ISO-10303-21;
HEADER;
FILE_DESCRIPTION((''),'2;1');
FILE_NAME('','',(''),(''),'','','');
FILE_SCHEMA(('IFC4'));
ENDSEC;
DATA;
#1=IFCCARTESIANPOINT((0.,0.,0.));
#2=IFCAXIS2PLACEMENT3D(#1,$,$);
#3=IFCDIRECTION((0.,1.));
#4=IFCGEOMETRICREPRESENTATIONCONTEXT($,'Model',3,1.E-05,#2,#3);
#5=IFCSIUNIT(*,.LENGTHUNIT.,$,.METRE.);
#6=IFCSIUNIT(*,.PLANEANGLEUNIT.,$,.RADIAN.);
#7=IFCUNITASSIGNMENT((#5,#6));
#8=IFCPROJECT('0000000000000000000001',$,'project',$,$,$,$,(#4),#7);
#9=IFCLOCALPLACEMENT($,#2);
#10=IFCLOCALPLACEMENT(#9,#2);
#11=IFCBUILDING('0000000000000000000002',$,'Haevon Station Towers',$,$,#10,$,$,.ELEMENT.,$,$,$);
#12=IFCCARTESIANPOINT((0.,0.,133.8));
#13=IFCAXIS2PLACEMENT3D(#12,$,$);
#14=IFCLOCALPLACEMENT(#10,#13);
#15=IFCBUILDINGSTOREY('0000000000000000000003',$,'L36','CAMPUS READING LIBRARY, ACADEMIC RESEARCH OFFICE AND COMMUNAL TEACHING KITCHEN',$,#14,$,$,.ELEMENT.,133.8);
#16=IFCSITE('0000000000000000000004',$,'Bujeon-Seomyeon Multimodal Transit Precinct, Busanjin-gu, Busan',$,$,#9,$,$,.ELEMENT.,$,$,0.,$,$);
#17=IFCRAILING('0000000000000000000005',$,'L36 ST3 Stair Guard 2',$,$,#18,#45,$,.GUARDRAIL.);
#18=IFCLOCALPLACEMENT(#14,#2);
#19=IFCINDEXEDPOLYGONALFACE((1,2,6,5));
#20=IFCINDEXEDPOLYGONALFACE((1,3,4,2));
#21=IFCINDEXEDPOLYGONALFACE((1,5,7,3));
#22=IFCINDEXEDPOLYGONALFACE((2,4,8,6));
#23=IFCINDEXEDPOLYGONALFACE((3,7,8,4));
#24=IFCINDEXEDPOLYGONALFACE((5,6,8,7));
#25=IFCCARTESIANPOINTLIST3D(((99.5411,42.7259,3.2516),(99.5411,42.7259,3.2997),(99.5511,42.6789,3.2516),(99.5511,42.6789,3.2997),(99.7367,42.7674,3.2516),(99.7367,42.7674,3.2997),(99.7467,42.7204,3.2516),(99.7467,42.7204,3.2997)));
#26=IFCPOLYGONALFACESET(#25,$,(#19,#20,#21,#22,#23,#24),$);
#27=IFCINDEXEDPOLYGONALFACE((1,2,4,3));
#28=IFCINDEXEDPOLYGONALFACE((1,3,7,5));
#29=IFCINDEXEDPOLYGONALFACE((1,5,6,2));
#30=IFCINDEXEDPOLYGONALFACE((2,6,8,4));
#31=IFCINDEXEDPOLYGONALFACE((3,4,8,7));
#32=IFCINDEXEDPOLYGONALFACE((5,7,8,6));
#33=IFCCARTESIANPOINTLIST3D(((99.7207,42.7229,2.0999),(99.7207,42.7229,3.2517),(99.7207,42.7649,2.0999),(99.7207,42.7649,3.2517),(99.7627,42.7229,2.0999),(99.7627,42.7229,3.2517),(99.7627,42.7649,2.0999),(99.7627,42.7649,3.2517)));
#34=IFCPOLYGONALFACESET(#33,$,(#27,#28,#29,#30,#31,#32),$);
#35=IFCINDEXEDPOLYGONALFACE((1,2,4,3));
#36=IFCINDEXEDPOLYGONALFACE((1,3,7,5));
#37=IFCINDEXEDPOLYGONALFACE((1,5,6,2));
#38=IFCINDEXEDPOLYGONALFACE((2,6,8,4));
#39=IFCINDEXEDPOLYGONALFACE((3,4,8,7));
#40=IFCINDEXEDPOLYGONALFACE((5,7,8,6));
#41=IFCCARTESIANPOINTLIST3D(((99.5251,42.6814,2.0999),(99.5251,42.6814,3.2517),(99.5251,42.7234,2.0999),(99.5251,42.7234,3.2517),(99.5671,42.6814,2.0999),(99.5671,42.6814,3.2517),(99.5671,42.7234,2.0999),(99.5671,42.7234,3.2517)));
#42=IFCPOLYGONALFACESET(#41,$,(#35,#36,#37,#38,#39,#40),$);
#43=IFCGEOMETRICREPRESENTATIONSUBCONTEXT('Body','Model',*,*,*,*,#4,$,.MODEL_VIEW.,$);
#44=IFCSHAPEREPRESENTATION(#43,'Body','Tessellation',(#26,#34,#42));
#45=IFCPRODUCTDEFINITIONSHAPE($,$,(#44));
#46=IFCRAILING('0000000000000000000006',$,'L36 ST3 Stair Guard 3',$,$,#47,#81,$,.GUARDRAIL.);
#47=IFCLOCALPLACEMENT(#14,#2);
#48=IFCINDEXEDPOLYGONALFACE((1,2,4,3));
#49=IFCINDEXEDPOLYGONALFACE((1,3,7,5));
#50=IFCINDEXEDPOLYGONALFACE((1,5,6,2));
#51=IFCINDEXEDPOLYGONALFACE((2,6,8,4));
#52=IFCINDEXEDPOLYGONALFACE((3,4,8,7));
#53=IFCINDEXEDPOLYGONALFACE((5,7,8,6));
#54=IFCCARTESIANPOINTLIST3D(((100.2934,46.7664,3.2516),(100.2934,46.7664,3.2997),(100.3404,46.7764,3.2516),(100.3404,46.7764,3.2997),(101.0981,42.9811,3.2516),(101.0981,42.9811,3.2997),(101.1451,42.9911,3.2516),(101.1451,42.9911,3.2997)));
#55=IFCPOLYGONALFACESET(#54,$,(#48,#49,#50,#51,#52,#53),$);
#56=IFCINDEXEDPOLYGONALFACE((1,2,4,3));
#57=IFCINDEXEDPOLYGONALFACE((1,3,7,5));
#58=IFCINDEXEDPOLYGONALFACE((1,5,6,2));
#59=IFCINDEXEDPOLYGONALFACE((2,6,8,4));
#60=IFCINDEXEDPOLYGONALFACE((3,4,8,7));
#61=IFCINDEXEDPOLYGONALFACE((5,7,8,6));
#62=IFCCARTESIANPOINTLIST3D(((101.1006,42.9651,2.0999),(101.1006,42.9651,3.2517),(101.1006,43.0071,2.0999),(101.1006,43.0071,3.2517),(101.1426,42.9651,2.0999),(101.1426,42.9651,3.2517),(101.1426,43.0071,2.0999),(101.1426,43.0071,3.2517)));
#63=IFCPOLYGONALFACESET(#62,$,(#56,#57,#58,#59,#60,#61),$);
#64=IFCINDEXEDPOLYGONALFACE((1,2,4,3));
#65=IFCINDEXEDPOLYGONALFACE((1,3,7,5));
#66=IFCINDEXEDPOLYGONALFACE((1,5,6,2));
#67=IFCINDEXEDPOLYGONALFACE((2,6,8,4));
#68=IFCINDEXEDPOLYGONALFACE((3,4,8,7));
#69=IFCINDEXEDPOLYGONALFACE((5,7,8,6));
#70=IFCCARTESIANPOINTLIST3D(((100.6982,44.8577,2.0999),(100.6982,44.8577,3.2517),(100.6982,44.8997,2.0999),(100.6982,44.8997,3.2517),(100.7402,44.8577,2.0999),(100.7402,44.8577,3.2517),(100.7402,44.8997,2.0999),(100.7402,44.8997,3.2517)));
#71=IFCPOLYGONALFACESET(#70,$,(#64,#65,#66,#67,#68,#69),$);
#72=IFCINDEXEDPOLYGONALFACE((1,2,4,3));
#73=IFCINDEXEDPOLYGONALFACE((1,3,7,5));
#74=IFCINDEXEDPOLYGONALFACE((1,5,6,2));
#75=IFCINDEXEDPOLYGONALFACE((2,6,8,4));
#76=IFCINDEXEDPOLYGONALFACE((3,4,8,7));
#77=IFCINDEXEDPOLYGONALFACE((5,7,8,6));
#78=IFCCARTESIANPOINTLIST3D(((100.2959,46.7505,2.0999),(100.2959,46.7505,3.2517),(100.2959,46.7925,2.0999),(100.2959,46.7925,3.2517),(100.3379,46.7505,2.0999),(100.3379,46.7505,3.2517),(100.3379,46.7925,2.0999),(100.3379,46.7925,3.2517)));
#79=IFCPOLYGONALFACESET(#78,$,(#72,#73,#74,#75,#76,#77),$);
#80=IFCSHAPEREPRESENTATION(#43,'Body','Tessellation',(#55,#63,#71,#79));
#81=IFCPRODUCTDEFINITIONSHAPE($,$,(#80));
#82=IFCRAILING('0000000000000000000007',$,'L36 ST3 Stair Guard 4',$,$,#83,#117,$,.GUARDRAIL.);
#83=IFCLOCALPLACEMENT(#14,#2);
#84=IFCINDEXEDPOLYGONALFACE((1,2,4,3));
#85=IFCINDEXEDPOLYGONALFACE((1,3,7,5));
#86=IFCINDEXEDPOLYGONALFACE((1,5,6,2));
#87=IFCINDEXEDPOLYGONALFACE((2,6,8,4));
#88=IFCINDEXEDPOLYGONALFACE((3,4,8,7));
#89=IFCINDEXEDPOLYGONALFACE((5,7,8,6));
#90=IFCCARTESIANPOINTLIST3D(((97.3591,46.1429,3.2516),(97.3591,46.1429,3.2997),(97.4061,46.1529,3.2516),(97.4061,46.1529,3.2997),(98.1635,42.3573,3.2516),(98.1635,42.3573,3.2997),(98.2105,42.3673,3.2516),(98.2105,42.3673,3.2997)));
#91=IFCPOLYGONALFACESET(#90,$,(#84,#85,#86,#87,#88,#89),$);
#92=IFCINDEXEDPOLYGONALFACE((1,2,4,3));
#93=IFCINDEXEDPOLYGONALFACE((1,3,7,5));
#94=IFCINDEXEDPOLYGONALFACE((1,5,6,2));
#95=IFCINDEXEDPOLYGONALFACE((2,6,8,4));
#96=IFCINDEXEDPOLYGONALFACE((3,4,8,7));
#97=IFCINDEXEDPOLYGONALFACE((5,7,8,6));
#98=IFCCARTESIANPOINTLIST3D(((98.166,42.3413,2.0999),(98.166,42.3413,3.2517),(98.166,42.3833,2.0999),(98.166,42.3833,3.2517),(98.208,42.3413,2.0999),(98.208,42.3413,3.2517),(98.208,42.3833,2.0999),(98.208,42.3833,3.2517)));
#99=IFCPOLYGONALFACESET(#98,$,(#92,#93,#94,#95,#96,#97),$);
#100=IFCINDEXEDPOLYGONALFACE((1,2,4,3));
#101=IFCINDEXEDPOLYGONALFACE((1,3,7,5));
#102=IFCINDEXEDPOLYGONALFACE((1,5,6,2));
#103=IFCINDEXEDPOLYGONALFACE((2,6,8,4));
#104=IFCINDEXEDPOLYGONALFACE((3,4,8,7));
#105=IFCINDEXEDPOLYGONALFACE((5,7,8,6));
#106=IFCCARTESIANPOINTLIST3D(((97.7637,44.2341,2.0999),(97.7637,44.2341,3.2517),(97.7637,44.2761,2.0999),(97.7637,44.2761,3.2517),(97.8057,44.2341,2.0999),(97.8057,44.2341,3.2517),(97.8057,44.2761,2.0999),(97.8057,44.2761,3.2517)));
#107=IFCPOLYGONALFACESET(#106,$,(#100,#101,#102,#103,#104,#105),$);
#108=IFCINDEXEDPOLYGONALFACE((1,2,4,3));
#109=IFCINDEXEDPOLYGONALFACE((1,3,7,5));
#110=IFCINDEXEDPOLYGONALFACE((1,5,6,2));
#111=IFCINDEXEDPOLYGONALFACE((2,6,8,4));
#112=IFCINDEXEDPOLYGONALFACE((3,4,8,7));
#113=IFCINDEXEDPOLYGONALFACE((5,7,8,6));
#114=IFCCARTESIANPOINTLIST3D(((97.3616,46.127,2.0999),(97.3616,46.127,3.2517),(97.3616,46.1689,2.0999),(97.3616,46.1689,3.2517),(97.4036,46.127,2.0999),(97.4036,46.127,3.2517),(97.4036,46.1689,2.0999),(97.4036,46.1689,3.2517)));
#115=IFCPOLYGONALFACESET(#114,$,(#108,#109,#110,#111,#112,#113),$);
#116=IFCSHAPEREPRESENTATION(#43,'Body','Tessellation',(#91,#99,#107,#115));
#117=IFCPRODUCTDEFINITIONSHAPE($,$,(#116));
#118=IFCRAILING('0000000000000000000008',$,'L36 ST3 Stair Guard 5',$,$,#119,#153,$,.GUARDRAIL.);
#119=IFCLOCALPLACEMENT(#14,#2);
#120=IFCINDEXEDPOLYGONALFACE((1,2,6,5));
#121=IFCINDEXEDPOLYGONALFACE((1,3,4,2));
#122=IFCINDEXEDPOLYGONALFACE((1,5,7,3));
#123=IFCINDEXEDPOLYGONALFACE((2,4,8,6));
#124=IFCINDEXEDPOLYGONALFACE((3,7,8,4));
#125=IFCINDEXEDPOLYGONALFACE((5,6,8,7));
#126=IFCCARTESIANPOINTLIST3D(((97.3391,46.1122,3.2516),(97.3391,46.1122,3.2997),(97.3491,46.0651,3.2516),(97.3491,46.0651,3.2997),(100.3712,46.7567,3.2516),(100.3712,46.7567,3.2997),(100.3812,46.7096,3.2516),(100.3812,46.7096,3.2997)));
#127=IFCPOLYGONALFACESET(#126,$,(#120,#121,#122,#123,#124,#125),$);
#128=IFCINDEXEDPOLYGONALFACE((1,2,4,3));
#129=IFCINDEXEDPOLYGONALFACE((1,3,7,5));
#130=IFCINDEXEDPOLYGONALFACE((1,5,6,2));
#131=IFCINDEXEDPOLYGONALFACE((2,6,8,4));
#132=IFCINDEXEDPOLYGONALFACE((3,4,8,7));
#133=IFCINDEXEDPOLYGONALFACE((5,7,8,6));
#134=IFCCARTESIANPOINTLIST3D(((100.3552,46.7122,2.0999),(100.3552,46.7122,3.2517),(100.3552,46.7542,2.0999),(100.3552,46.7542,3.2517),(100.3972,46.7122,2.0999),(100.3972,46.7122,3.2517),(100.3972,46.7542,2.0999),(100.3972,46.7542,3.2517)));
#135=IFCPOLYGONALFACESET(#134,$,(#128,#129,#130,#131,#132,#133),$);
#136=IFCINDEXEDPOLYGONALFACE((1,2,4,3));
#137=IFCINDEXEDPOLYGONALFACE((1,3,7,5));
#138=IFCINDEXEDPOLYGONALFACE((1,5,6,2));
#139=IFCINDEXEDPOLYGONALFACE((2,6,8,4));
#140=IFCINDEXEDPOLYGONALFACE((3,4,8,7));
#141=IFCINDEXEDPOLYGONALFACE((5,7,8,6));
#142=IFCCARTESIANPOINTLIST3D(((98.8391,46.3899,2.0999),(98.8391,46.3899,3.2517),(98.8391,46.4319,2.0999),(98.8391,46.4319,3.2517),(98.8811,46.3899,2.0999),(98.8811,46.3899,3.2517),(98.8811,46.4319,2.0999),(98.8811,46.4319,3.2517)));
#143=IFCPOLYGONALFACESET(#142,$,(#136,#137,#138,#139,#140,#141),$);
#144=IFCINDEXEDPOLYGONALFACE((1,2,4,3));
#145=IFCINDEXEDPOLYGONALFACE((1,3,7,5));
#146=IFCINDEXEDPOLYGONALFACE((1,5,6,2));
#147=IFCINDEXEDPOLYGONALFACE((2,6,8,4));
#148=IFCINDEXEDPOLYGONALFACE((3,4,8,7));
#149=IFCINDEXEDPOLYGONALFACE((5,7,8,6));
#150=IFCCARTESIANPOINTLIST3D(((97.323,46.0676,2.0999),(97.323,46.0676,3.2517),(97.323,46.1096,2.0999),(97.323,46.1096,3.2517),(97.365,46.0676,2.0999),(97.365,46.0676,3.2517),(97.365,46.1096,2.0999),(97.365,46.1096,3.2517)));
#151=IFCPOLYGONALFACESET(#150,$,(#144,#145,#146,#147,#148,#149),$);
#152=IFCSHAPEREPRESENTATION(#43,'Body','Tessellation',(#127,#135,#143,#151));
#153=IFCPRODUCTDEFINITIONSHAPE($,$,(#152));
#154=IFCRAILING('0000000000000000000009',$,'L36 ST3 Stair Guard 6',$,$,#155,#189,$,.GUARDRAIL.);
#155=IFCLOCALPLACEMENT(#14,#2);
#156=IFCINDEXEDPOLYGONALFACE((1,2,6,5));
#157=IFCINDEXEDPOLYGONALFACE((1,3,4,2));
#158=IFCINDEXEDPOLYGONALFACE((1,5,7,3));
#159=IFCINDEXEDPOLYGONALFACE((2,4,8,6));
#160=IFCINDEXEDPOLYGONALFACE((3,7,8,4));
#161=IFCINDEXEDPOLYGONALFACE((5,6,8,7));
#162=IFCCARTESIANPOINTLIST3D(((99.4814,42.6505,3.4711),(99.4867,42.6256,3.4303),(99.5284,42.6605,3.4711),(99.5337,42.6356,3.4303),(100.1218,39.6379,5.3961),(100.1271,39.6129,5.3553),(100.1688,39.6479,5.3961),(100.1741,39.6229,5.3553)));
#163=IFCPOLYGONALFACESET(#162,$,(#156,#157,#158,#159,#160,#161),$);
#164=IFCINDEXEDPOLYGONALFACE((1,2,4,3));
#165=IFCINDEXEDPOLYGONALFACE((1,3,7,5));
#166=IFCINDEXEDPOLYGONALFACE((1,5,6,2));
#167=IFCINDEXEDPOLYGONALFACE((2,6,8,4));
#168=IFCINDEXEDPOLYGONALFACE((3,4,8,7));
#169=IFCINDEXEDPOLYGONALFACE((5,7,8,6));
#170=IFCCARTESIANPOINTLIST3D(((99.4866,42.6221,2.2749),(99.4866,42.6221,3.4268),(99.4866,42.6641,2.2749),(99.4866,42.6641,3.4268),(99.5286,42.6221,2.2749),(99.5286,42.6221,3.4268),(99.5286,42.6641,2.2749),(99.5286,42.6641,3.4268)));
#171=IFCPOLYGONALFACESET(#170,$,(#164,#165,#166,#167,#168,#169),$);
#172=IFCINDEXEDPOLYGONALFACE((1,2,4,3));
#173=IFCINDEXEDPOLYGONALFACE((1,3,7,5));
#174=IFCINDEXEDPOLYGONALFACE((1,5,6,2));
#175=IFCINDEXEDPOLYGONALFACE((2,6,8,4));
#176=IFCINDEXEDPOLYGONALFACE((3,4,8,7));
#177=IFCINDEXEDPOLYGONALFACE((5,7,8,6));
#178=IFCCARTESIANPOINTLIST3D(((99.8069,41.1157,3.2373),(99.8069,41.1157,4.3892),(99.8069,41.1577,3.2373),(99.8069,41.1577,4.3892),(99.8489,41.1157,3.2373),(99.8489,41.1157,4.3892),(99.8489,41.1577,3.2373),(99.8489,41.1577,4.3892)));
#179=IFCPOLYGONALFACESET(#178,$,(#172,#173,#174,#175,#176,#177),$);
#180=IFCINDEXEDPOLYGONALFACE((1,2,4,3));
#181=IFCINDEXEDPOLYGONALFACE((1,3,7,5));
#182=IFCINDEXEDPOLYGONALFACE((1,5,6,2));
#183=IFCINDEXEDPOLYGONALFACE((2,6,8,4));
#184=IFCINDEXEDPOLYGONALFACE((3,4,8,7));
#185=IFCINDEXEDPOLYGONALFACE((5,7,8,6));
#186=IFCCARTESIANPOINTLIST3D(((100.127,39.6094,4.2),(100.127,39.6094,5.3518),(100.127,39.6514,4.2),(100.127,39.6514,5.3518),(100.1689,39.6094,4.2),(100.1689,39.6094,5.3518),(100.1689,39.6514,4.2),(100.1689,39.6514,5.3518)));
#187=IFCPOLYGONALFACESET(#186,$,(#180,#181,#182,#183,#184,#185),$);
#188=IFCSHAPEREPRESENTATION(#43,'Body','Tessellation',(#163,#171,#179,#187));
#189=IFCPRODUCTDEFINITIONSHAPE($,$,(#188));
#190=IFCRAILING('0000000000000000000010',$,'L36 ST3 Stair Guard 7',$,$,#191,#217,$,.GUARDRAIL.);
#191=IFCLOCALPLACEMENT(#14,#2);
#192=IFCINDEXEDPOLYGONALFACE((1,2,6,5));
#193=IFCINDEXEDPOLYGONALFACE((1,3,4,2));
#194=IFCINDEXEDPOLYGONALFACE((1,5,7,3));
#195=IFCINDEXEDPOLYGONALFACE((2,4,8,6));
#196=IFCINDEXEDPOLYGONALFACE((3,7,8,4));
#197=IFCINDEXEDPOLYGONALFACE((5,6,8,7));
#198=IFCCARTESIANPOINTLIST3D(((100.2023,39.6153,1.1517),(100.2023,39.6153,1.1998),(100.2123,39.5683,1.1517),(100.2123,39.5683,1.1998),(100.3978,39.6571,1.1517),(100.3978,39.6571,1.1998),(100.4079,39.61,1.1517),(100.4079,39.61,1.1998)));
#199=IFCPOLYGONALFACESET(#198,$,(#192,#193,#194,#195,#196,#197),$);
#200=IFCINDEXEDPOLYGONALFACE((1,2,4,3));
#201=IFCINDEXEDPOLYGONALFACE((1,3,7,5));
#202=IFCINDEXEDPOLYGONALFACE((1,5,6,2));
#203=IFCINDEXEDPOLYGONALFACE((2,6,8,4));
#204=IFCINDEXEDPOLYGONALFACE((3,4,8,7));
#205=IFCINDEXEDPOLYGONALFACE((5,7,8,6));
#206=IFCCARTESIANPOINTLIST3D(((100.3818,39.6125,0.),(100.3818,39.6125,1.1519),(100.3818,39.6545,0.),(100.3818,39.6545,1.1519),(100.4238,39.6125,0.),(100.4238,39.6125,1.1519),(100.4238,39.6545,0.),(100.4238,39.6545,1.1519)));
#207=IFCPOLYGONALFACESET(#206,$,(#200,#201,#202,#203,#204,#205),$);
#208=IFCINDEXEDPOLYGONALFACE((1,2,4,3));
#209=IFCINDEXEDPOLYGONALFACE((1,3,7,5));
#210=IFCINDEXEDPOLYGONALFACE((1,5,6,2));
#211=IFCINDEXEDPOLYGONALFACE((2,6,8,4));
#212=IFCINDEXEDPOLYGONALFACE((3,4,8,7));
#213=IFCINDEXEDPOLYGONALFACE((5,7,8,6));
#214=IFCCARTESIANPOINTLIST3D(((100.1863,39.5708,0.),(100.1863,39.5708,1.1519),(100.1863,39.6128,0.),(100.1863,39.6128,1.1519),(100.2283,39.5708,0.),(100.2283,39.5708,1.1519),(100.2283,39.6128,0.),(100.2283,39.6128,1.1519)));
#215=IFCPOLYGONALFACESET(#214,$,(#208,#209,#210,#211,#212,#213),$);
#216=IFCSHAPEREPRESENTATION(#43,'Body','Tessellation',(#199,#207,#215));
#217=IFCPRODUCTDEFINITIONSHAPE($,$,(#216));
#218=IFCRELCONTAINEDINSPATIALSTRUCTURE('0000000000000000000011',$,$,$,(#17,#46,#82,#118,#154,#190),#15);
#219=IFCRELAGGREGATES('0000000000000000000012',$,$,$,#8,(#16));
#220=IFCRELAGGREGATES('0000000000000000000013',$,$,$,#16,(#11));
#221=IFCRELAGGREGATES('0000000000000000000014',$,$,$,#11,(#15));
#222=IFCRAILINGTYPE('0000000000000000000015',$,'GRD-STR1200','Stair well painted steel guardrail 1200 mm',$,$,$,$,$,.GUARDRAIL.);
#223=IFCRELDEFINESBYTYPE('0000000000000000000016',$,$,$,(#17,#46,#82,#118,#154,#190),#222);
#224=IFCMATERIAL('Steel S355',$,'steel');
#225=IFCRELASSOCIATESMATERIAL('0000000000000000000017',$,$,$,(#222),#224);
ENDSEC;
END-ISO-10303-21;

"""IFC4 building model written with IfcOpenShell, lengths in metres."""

from ifc_helpers import new_model, si_unit, direction, frame, origin, origin_2d, place, context, subcontext, project, spatial, rectangle, extrude, material, type_object, element, save


model = new_model("IFC4")

# Units and contexts
model_context = context("Model", 3, precision=1e-05, world=origin(), true_north=direction((0.0, 1.0)))
body_context = subcontext(model_context, "Body", "Model", "MODEL_VIEW")
ifc_project = project(units=[si_unit("LENGTHUNIT", "METRE"), si_unit("PLANEANGLEUNIT", "RADIAN")], contexts=[model_context])

# Site, building, storey
site_placement = place(None, origin())
site = spatial("IfcSite", under=ifc_project, at=site_placement, Name="Bujeon-Seomyeon Multimodal Transit Precinct, Busanjin-gu, Busan", CompositionType="ELEMENT", RefElevation=0.0)
building_placement = place(site_placement, origin())
building = spatial("IfcBuilding", under=site, at=building_placement, Name="Haevon Station Towers", CompositionType="ELEMENT")
storey_placement = place(building_placement, frame((0.0, 0.0, 133.8)))
storey = spatial("IfcBuildingStorey", under=building, at=storey_placement, Name="L36", Description="CAMPUS READING LIBRARY, ACADEMIC RESEARCH OFFICE AND COMMUNAL TEACHING KITCHEN", CompositionType="ELEMENT", Elevation=133.8)

# Shared definitions
ifc_material_1 = material(Name="Steel S355", Category="steel")

# Railings
railing_type_1 = type_object("IfcRailingType", Name="GRD-STR1200", Description="Stair well painted steel guardrail 1200 mm", PredefinedType="GUARDRAIL", material=ifc_material_1)
railing_1_placement = place(storey_placement, frame((99.7417, 42.7439, 2.0999)))
element("IfcRailing", 1, at=railing_1_placement, inside=storey, type_object=railing_type_1, Name="L36 ST3 Stair Guard 2", PredefinedType="GUARDRAIL", context=body_context, shape_type="SweptSolid", body=[
    extrude(rectangle(XDim=0.0481, YDim=0.0481, at=origin_2d()), frame((0.0, 0.0, 1.1758), z_axis=(-0.978212, -0.20761, 0.0), x_axis=(0.20761, -0.978212, 0.0)), (0.0, 0.0, 1.0), 0.2),
    extrude(rectangle(XDim=0.042, YDim=0.042, at=origin_2d()), origin(), (0.0, 0.0, 1.0), 1.1519),
    extrude(rectangle(XDim=0.042, YDim=0.042, at=origin_2d()), frame((-0.1956, -0.0415, 0.0)), (0.0, 0.0, 1.0), 1.1519),
])
railing_2_placement = place(storey_placement, frame((101.1216, 42.9861, 2.0999)))
element("IfcRailing", 2, at=railing_2_placement, inside=storey, type_object=railing_type_1, Name="L36 ST3 Stair Guard 3", PredefinedType="GUARDRAIL", context=body_context, shape_type="SweptSolid", body=[
    extrude(rectangle(XDim=0.0481, YDim=0.0481, at=origin_2d()), frame((0.0, 0.0, 1.1758), z_axis=(-0.20793, 0.978144, 0.0), x_axis=(-0.978144, -0.20793, 0.0)), (0.0, 0.0, 1.0), 3.8699),
    extrude(rectangle(XDim=0.042, YDim=0.042, at=origin_2d()), origin(), (0.0, 0.0, 1.0), 1.1519),
    extrude(rectangle(XDim=0.042, YDim=0.042, at=origin_2d()), frame((-0.4023, 1.8926, 0.0)), (0.0, 0.0, 1.0), 1.1519),
    extrude(rectangle(XDim=0.042, YDim=0.042, at=origin_2d()), frame((-0.8047, 3.7854, 0.0)), (0.0, 0.0, 1.0), 1.1519),
])
railing_3_placement = place(storey_placement, frame((98.187, 42.3623, 2.0999)))
element("IfcRailing", 3, at=railing_3_placement, inside=storey, type_object=railing_type_1, Name="L36 ST3 Stair Guard 4", PredefinedType="GUARDRAIL", context=body_context, shape_type="SweptSolid", body=[
    extrude(rectangle(XDim=0.0481, YDim=0.0481, at=origin_2d()), frame((0.0, 0.0, 1.1758), z_axis=(-0.207857, 0.978159, 0.0), x_axis=(-0.978159, -0.207857, 0.0)), (0.0, 0.0, 1.0), 3.8701),
    extrude(rectangle(XDim=0.042, YDim=0.042, at=origin_2d()), origin(), (0.0, 0.0, 1.0), 1.1519),
    extrude(rectangle(XDim=0.042, YDim=0.042, at=origin_2d()), frame((-0.4023, 1.8928, 0.0)), (0.0, 0.0, 1.0), 1.1519),
    extrude(rectangle(XDim=0.042, YDim=0.042, at=origin_2d()), frame((-0.8044, 3.7856, 0.0)), (0.0, 0.0, 1.0), 1.1519),
])
railing_4_placement = place(storey_placement, frame((100.3762, 46.7332, 2.0999)))
element("IfcRailing", 4, at=railing_4_placement, inside=storey, type_object=railing_type_1, Name="L36 ST3 Stair Guard 5", PredefinedType="GUARDRAIL", context=body_context, shape_type="SweptSolid", body=[
    extrude(rectangle(XDim=0.0481, YDim=0.0481, at=origin_2d()), frame((0.0, 0.0, 1.1758), z_axis=(-0.978147, -0.207915, 0.0), x_axis=(0.207915, -0.978147, 0.0)), (0.0, 0.0, 1.0), 3.0999),
    extrude(rectangle(XDim=0.042, YDim=0.042, at=origin_2d()), origin(), (0.0, 0.0, 1.0), 1.1519),
    extrude(rectangle(XDim=0.042, YDim=0.042, at=origin_2d()), frame((-1.5161, -0.3223, 0.0)), (0.0, 0.0, 1.0), 1.1519),
    extrude(rectangle(XDim=0.042, YDim=0.042, at=origin_2d()), frame((-3.0322, -0.6445, 0.0)), (0.0, 0.0, 1.0), 1.1519),
])
railing_5_placement = place(storey_placement, frame((99.5076, 42.6431, 2.2749)))
element("IfcRailing", 5, at=railing_5_placement, inside=storey, type_object=railing_type_1, Name="L36 ST3 Stair Guard 6", PredefinedType="GUARDRAIL", context=body_context, shape_type="SweptSolid", body=[
    extrude(rectangle(XDim=0.0481, YDim=0.0481, at=origin_2d()), frame((0.0, 0.0, 1.1758), z_axis=(0.176311, -0.829461, 0.530008), x_axis=(0.978147, 0.207916, 0.0)), (0.0, 0.0, 1.0), 3.6321),
    extrude(rectangle(XDim=0.042, YDim=0.042, at=origin_2d()), origin(), (0.0, 0.0, 1.0), 1.1519),
    extrude(rectangle(XDim=0.042, YDim=0.042, at=origin_2d()), frame((0.3203, -1.5063, 0.9624)), (0.0, 0.0, 1.0), 1.1519),
    extrude(rectangle(XDim=0.042, YDim=0.042, at=origin_2d()), frame((0.6404, -3.0127, 1.925)), (0.0, 0.0, 1.0), 1.1519),
])
railing_6_placement = place(storey_placement, frame((100.4028, 39.6335, 0.0)))
element("IfcRailing", 6, at=railing_6_placement, inside=storey, type_object=railing_type_1, Name="L36 ST3 Stair Guard 7", PredefinedType="GUARDRAIL", context=body_context, shape_type="SweptSolid", body=[
    extrude(rectangle(XDim=0.0481, YDim=0.0481, at=origin_2d()), frame((0.0, 0.0, 1.1758), z_axis=(-0.977963, -0.208779, 0.0), x_axis=(0.208779, -0.977963, 0.0)), (0.0, 0.0, 1.0), 0.2),
    extrude(rectangle(XDim=0.042, YDim=0.042, at=origin_2d()), origin(), (0.0, 0.0, 1.0), 1.1519),
    extrude(rectangle(XDim=0.042, YDim=0.042, at=origin_2d()), frame((-0.1956, -0.0417, 0.0)), (0.0, 0.0, 1.0), 1.1519),
])

save(model, "model.ifc")
